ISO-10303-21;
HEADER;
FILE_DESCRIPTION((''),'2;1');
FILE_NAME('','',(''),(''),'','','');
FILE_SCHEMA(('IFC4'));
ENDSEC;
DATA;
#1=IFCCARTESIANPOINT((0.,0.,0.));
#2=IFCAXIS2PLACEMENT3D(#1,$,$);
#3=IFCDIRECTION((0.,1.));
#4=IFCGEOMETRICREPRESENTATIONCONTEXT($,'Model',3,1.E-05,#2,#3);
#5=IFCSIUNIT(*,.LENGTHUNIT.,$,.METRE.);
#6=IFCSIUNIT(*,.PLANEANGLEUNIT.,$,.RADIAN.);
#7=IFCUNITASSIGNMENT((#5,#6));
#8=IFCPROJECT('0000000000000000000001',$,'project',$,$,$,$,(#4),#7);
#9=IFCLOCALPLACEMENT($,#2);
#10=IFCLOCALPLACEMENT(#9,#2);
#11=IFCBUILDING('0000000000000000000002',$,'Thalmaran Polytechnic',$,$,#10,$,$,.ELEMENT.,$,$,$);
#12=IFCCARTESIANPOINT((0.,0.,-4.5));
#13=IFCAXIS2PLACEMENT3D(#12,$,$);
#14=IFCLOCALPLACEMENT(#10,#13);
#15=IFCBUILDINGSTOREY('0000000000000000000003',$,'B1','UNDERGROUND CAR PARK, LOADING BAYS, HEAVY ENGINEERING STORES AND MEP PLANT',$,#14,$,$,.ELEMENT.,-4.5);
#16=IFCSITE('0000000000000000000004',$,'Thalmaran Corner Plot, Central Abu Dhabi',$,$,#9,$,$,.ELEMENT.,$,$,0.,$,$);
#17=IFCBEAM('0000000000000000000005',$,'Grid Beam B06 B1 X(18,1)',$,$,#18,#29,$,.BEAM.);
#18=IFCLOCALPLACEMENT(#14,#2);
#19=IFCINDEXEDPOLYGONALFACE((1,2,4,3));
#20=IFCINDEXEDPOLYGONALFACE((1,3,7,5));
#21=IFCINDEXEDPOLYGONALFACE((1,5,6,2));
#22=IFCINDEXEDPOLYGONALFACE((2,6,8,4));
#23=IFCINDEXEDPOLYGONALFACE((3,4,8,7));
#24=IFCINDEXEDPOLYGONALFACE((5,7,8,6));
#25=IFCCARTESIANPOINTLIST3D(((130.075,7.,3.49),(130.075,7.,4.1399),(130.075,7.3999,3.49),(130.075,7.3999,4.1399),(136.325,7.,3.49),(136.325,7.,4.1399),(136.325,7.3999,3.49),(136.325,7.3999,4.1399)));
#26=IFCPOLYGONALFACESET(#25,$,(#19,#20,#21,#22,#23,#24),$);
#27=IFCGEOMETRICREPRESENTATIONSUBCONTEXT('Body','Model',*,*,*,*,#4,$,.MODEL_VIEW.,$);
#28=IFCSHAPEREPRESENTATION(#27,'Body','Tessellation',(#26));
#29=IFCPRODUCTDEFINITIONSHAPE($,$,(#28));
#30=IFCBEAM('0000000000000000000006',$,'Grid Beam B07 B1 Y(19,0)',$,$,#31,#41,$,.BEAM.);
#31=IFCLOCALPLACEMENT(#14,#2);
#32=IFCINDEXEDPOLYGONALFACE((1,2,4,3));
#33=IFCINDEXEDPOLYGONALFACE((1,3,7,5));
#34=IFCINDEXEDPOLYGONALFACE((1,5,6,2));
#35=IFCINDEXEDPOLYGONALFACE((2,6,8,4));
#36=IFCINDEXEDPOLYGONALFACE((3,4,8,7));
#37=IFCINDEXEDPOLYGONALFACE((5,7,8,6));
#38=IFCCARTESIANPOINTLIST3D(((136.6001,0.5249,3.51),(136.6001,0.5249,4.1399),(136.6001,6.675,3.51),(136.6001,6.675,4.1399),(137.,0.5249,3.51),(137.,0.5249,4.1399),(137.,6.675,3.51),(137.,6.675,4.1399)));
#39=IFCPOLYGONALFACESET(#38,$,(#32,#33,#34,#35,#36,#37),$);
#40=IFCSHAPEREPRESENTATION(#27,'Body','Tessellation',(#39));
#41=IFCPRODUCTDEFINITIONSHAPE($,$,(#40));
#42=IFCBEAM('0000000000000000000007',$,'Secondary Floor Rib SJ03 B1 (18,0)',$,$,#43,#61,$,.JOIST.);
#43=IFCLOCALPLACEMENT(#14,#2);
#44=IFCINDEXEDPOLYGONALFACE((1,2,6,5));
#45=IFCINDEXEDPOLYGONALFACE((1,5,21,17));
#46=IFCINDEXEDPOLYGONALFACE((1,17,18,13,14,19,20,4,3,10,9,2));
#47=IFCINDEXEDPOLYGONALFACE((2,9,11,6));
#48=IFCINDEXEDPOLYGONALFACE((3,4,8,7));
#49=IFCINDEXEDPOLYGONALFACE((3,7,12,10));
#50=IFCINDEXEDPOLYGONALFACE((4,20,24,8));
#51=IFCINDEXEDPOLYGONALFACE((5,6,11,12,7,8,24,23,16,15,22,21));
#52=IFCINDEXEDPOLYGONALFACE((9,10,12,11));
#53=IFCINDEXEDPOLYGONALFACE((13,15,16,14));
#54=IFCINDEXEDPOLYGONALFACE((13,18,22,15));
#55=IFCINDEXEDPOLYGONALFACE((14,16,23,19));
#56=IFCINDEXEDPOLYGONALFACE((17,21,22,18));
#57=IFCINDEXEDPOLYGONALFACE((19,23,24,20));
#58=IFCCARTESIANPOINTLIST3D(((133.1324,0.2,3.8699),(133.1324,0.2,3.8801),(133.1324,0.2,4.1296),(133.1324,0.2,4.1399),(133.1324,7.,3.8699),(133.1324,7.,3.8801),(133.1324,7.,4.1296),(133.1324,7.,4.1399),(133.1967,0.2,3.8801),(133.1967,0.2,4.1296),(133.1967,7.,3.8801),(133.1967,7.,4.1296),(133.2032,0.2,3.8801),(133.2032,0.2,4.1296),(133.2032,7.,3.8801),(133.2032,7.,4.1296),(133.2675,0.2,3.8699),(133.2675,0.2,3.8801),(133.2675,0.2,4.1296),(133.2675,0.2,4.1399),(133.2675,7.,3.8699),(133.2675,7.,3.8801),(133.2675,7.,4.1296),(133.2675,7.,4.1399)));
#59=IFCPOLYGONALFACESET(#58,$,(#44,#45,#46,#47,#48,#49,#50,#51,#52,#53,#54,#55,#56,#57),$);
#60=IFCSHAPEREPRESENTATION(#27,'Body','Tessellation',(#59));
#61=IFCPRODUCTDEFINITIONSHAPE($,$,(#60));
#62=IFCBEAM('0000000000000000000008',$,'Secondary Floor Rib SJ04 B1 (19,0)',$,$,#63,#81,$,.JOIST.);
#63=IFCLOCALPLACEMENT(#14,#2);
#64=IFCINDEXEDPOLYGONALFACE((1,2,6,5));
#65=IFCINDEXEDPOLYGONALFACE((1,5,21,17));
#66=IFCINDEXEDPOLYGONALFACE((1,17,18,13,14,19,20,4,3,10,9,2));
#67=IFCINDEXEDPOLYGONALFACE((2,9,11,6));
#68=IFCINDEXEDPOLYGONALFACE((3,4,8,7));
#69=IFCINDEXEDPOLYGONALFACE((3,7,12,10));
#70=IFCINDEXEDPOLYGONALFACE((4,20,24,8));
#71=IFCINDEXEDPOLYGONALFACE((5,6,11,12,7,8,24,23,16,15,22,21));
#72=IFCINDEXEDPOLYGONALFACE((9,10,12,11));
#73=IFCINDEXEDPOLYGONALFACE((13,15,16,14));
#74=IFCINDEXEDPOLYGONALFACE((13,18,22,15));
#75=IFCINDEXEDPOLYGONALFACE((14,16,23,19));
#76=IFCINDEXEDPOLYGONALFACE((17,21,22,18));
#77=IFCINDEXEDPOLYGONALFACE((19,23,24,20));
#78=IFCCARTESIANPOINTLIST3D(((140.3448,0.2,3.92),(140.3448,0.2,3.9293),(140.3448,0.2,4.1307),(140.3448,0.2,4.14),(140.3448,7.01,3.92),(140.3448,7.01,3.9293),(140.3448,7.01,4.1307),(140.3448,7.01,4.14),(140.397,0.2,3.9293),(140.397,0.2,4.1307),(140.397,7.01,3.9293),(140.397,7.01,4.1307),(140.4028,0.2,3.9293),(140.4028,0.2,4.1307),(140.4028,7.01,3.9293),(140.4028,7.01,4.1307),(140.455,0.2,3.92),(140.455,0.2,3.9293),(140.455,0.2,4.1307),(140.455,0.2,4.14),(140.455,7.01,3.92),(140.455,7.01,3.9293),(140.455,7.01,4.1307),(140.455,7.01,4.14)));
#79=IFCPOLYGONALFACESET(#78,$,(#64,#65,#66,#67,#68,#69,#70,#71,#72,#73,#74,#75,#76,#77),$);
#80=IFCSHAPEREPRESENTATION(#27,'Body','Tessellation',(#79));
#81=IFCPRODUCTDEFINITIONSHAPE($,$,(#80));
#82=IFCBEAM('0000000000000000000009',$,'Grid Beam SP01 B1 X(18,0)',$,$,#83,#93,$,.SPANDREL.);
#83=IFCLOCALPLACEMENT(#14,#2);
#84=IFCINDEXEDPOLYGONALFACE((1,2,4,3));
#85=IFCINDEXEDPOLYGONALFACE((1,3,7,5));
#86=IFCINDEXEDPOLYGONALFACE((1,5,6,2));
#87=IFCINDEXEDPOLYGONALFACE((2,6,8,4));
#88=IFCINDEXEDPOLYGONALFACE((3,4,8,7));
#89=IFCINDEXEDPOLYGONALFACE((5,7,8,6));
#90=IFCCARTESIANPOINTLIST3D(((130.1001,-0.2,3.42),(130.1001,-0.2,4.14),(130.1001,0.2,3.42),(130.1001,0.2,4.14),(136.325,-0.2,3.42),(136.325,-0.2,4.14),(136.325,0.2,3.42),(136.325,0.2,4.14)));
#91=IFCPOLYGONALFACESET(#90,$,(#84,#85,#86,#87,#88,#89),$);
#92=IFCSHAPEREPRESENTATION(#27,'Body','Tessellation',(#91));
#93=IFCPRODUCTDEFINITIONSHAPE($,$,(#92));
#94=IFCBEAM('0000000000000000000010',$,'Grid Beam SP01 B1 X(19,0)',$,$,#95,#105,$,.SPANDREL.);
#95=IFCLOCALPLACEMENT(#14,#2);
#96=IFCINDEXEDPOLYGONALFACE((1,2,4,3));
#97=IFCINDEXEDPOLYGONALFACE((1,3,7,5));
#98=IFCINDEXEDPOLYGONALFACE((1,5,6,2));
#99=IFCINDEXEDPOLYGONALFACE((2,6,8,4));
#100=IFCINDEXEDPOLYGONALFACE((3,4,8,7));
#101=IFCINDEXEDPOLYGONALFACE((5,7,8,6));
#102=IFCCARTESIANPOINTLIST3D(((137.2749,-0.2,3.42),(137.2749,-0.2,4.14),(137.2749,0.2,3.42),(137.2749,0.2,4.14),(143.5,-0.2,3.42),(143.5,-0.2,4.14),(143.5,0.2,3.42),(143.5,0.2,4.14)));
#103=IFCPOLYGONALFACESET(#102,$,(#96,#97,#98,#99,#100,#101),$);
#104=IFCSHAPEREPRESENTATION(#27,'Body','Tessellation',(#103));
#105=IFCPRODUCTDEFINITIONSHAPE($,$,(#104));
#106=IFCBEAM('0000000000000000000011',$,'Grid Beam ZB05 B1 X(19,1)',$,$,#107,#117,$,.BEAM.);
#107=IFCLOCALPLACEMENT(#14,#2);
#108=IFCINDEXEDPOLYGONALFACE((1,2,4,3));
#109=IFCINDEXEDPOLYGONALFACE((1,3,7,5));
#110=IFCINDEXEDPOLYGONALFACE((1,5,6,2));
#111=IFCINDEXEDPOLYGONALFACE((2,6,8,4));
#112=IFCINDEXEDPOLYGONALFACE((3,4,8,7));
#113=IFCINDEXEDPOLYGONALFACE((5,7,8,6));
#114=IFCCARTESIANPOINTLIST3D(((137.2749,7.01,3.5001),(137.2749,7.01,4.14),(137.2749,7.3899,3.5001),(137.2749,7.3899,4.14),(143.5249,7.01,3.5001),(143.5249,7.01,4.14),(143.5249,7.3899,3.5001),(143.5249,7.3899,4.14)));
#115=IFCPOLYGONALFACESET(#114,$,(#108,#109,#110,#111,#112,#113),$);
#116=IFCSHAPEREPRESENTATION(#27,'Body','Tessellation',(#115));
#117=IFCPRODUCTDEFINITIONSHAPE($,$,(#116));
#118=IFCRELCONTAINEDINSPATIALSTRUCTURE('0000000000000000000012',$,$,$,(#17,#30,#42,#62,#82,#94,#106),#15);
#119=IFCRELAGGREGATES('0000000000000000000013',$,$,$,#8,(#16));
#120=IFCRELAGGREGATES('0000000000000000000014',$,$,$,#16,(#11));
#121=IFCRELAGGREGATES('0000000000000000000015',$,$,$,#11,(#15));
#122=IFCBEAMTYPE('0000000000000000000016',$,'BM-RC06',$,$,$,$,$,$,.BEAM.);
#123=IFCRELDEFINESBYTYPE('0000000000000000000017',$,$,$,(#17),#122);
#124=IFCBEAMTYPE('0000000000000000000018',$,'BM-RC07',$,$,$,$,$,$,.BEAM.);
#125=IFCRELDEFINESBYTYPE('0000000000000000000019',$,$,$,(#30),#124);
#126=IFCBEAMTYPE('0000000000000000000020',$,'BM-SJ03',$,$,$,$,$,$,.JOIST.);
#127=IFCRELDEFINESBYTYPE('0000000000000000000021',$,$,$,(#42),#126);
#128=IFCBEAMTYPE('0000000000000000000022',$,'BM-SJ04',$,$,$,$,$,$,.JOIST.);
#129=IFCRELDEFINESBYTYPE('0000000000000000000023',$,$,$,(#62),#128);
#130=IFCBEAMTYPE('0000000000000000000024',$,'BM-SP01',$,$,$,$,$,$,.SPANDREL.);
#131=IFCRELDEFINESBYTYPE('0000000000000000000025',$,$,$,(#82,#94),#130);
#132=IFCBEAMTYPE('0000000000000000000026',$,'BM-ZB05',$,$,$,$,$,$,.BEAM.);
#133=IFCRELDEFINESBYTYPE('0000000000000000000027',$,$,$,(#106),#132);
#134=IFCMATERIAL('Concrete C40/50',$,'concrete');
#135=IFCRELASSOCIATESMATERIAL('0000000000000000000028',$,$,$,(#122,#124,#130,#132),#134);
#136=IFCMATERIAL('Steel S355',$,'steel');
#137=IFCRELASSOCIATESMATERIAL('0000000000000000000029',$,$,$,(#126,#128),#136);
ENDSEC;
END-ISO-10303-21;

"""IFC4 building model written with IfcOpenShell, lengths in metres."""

from ifc_helpers import new_model, si_unit, direction, frame, origin, origin_2d, place, context, subcontext, project, spatial, rectangle, i_section, extrude, material, material_profile, profile_set, type_object, element, save


model = new_model("IFC4")

# Units and contexts
model_context = context("Model", 3, precision=1e-05, world=origin(), true_north=direction((0.0, 1.0)))
body_context = subcontext(model_context, "Body", "Model", "MODEL_VIEW")
ifc_project = project(units=[si_unit("LENGTHUNIT", "METRE"), si_unit("PLANEANGLEUNIT", "RADIAN")], contexts=[model_context])

# Site, building, storey
site_placement = place(None, origin())
site = spatial("IfcSite", under=ifc_project, at=site_placement, Name="Thalmaran Corner Plot, Central Abu Dhabi", CompositionType="ELEMENT", RefElevation=0.0)
building_placement = place(site_placement, origin())
building = spatial("IfcBuilding", under=site, at=building_placement, Name="Thalmaran Polytechnic", CompositionType="ELEMENT")
storey_placement = place(building_placement, frame((0.0, 0.0, -4.5)))
storey = spatial("IfcBuildingStorey", under=building, at=storey_placement, Name="B1", Description="UNDERGROUND CAR PARK, LOADING BAYS, HEAVY ENGINEERING STORES AND MEP PLANT", CompositionType="ELEMENT", Elevation=-4.5)

# Shared definitions
ifc_material_1 = material(Name="Concrete C40/50", Category="concrete")

# Shared definitions
ifc_material_2 = material(Name="Steel S355", Category="steel")

# Beams
ifc_material_profile_1 = material_profile(ifc_material_1, rectangle(XDim=0.3999, YDim=0.6499, at=origin_2d()), Name="RC 400x650")
ifc_profile_set_1 = profile_set([ifc_material_profile_1], Name="Concrete C40/50")
beam_type_1 = type_object("IfcBeamType", Name="BM-RC06", PredefinedType="BEAM", material=ifc_profile_set_1)
beam_1_placement = place(storey_placement, frame((130.075, 7.2, 3.8149), z_axis=(1.0, 0.0, 0.0), x_axis=(0.0, 1.0, 0.0)))
element("IfcBeam", 1, at=beam_1_placement, inside=storey, type_object=beam_type_1, Name="Grid Beam B06 B1 X(18,1)", PredefinedType="BEAM", context=body_context, shape_type="SweptSolid", body=[
    extrude(rectangle(XDim=0.3999, YDim=0.6499, at=origin_2d()), origin(), (0.0, 0.0, 1.0), 6.25),
])
ifc_material_profile_2 = material_profile(ifc_material_1, rectangle(XDim=0.3999, YDim=0.6299, at=origin_2d()), Name="RC 400x630")
ifc_profile_set_2 = profile_set([ifc_material_profile_2], Name="Concrete C40/50")
beam_type_2 = type_object("IfcBeamType", Name="BM-RC07", PredefinedType="BEAM", material=ifc_profile_set_2)
beam_2_placement = place(storey_placement, frame((136.8, 0.5249, 3.825), z_axis=(0.0, 1.0, 0.0), x_axis=(-1.0, 0.0, 0.0)))
element("IfcBeam", 2, at=beam_2_placement, inside=storey, type_object=beam_type_2, Name="Grid Beam B07 B1 Y(19,0)", PredefinedType="BEAM", context=body_context, shape_type="SweptSolid", body=[
    extrude(rectangle(XDim=0.3999, YDim=0.6299, at=origin_2d()), origin(), (0.0, 0.0, 1.0), 6.1501),
])
ifc_material_profile_3 = material_profile(ifc_material_2, i_section(OverallWidth=0.135, OverallDepth=0.27, WebThickness=0.0066, FlangeThickness=0.0103, at=origin_2d()), Name="IPE 270")
ifc_profile_set_3 = profile_set([ifc_material_profile_3], Name="Steel S355")
beam_type_3 = type_object("IfcBeamType", Name="BM-SJ03", PredefinedType="JOIST", material=ifc_profile_set_3)
beam_3_placement = place(storey_placement, frame((133.2, 0.2, 4.0049), z_axis=(0.0, 1.0, 0.0), x_axis=(-1.0, 0.0, 0.0)))
element("IfcBeam", 3, at=beam_3_placement, inside=storey, type_object=beam_type_3, Name="Secondary Floor Rib SJ03 B1 (18,0)", PredefinedType="JOIST", context=body_context, shape_type="SweptSolid", body=[
    extrude(i_section(OverallWidth=0.135, OverallDepth=0.27, WebThickness=0.0066, FlangeThickness=0.0103, at=origin_2d()), origin(), (0.0, 0.0, 1.0), 6.8),
])
ifc_material_profile_4 = material_profile(ifc_material_2, i_section(OverallWidth=0.1101, OverallDepth=0.22, WebThickness=0.0059, FlangeThickness=0.0093, at=origin_2d()), Name="IPE 220")
ifc_profile_set_4 = profile_set([ifc_material_profile_4], Name="Steel S355")
beam_type_4 = type_object("IfcBeamType", Name="BM-SJ04", PredefinedType="JOIST", material=ifc_profile_set_4)
beam_4_placement = place(storey_placement, frame((140.3999, 0.2, 4.03), z_axis=(0.0, 1.0, 0.0), x_axis=(-1.0, 0.0, 0.0)))
element("IfcBeam", 4, at=beam_4_placement, inside=storey, type_object=beam_type_4, Name="Secondary Floor Rib SJ04 B1 (19,0)", PredefinedType="JOIST", context=body_context, shape_type="SweptSolid", body=[
    extrude(i_section(OverallWidth=0.1101, OverallDepth=0.22, WebThickness=0.0059, FlangeThickness=0.0093, at=origin_2d()), origin(), (0.0, 0.0, 1.0), 6.8101),
])
ifc_material_profile_5 = material_profile(ifc_material_1, rectangle(XDim=0.3999, YDim=0.72, at=origin_2d()), Name="RC 400x720")
ifc_profile_set_5 = profile_set([ifc_material_profile_5], Name="Concrete C40/50")
beam_type_5 = type_object("IfcBeamType", Name="BM-SP01", PredefinedType="SPANDREL", material=ifc_profile_set_5)
beam_5_placement = place(storey_placement, frame((130.1001, 0.0, 3.78), z_axis=(1.0, 0.0, 0.0), x_axis=(0.0, 1.0, 0.0)))
element("IfcBeam", 5, at=beam_5_placement, inside=storey, type_object=beam_type_5, Name="Grid Beam SP01 B1 X(18,0)", PredefinedType="SPANDREL", context=body_context, shape_type="SweptSolid", body=[
    extrude(rectangle(XDim=0.3999, YDim=0.72, at=origin_2d()), origin(), (0.0, 0.0, 1.0), 6.2249),
])
beam_6_placement = place(storey_placement, frame((137.2749, 0.0, 3.78), z_axis=(1.0, 0.0, 0.0), x_axis=(0.0, 1.0, 0.0)))
element("IfcBeam", 6, at=beam_6_placement, inside=storey, type_object=beam_type_5, Name="Grid Beam SP01 B1 X(19,0)", PredefinedType="SPANDREL", context=body_context, shape_type="SweptSolid", body=[
    extrude(rectangle(XDim=0.3999, YDim=0.72, at=origin_2d()), origin(), (0.0, 0.0, 1.0), 6.2251),
])
ifc_material_profile_6 = material_profile(ifc_material_1, rectangle(XDim=0.3799, YDim=0.6399, at=origin_2d()), Name="RC 380x640")
ifc_profile_set_6 = profile_set([ifc_material_profile_6], Name="Concrete C40/50")
beam_type_6 = type_object("IfcBeamType", Name="BM-ZB05", PredefinedType="BEAM", material=ifc_profile_set_6)
beam_7_placement = place(storey_placement, frame((137.2749, 7.2, 3.8201), z_axis=(1.0, 0.0, 0.0), x_axis=(0.0, 1.0, 0.0)))
element("IfcBeam", 7, at=beam_7_placement, inside=storey, type_object=beam_type_6, Name="Grid Beam ZB05 B1 X(19,1)", PredefinedType="BEAM", context=body_context, shape_type="SweptSolid", body=[
    extrude(rectangle(XDim=0.3799, YDim=0.6399, at=origin_2d()), origin(), (0.0, 0.0, 1.0), 6.25),
])

save(model, "model.ifc")
